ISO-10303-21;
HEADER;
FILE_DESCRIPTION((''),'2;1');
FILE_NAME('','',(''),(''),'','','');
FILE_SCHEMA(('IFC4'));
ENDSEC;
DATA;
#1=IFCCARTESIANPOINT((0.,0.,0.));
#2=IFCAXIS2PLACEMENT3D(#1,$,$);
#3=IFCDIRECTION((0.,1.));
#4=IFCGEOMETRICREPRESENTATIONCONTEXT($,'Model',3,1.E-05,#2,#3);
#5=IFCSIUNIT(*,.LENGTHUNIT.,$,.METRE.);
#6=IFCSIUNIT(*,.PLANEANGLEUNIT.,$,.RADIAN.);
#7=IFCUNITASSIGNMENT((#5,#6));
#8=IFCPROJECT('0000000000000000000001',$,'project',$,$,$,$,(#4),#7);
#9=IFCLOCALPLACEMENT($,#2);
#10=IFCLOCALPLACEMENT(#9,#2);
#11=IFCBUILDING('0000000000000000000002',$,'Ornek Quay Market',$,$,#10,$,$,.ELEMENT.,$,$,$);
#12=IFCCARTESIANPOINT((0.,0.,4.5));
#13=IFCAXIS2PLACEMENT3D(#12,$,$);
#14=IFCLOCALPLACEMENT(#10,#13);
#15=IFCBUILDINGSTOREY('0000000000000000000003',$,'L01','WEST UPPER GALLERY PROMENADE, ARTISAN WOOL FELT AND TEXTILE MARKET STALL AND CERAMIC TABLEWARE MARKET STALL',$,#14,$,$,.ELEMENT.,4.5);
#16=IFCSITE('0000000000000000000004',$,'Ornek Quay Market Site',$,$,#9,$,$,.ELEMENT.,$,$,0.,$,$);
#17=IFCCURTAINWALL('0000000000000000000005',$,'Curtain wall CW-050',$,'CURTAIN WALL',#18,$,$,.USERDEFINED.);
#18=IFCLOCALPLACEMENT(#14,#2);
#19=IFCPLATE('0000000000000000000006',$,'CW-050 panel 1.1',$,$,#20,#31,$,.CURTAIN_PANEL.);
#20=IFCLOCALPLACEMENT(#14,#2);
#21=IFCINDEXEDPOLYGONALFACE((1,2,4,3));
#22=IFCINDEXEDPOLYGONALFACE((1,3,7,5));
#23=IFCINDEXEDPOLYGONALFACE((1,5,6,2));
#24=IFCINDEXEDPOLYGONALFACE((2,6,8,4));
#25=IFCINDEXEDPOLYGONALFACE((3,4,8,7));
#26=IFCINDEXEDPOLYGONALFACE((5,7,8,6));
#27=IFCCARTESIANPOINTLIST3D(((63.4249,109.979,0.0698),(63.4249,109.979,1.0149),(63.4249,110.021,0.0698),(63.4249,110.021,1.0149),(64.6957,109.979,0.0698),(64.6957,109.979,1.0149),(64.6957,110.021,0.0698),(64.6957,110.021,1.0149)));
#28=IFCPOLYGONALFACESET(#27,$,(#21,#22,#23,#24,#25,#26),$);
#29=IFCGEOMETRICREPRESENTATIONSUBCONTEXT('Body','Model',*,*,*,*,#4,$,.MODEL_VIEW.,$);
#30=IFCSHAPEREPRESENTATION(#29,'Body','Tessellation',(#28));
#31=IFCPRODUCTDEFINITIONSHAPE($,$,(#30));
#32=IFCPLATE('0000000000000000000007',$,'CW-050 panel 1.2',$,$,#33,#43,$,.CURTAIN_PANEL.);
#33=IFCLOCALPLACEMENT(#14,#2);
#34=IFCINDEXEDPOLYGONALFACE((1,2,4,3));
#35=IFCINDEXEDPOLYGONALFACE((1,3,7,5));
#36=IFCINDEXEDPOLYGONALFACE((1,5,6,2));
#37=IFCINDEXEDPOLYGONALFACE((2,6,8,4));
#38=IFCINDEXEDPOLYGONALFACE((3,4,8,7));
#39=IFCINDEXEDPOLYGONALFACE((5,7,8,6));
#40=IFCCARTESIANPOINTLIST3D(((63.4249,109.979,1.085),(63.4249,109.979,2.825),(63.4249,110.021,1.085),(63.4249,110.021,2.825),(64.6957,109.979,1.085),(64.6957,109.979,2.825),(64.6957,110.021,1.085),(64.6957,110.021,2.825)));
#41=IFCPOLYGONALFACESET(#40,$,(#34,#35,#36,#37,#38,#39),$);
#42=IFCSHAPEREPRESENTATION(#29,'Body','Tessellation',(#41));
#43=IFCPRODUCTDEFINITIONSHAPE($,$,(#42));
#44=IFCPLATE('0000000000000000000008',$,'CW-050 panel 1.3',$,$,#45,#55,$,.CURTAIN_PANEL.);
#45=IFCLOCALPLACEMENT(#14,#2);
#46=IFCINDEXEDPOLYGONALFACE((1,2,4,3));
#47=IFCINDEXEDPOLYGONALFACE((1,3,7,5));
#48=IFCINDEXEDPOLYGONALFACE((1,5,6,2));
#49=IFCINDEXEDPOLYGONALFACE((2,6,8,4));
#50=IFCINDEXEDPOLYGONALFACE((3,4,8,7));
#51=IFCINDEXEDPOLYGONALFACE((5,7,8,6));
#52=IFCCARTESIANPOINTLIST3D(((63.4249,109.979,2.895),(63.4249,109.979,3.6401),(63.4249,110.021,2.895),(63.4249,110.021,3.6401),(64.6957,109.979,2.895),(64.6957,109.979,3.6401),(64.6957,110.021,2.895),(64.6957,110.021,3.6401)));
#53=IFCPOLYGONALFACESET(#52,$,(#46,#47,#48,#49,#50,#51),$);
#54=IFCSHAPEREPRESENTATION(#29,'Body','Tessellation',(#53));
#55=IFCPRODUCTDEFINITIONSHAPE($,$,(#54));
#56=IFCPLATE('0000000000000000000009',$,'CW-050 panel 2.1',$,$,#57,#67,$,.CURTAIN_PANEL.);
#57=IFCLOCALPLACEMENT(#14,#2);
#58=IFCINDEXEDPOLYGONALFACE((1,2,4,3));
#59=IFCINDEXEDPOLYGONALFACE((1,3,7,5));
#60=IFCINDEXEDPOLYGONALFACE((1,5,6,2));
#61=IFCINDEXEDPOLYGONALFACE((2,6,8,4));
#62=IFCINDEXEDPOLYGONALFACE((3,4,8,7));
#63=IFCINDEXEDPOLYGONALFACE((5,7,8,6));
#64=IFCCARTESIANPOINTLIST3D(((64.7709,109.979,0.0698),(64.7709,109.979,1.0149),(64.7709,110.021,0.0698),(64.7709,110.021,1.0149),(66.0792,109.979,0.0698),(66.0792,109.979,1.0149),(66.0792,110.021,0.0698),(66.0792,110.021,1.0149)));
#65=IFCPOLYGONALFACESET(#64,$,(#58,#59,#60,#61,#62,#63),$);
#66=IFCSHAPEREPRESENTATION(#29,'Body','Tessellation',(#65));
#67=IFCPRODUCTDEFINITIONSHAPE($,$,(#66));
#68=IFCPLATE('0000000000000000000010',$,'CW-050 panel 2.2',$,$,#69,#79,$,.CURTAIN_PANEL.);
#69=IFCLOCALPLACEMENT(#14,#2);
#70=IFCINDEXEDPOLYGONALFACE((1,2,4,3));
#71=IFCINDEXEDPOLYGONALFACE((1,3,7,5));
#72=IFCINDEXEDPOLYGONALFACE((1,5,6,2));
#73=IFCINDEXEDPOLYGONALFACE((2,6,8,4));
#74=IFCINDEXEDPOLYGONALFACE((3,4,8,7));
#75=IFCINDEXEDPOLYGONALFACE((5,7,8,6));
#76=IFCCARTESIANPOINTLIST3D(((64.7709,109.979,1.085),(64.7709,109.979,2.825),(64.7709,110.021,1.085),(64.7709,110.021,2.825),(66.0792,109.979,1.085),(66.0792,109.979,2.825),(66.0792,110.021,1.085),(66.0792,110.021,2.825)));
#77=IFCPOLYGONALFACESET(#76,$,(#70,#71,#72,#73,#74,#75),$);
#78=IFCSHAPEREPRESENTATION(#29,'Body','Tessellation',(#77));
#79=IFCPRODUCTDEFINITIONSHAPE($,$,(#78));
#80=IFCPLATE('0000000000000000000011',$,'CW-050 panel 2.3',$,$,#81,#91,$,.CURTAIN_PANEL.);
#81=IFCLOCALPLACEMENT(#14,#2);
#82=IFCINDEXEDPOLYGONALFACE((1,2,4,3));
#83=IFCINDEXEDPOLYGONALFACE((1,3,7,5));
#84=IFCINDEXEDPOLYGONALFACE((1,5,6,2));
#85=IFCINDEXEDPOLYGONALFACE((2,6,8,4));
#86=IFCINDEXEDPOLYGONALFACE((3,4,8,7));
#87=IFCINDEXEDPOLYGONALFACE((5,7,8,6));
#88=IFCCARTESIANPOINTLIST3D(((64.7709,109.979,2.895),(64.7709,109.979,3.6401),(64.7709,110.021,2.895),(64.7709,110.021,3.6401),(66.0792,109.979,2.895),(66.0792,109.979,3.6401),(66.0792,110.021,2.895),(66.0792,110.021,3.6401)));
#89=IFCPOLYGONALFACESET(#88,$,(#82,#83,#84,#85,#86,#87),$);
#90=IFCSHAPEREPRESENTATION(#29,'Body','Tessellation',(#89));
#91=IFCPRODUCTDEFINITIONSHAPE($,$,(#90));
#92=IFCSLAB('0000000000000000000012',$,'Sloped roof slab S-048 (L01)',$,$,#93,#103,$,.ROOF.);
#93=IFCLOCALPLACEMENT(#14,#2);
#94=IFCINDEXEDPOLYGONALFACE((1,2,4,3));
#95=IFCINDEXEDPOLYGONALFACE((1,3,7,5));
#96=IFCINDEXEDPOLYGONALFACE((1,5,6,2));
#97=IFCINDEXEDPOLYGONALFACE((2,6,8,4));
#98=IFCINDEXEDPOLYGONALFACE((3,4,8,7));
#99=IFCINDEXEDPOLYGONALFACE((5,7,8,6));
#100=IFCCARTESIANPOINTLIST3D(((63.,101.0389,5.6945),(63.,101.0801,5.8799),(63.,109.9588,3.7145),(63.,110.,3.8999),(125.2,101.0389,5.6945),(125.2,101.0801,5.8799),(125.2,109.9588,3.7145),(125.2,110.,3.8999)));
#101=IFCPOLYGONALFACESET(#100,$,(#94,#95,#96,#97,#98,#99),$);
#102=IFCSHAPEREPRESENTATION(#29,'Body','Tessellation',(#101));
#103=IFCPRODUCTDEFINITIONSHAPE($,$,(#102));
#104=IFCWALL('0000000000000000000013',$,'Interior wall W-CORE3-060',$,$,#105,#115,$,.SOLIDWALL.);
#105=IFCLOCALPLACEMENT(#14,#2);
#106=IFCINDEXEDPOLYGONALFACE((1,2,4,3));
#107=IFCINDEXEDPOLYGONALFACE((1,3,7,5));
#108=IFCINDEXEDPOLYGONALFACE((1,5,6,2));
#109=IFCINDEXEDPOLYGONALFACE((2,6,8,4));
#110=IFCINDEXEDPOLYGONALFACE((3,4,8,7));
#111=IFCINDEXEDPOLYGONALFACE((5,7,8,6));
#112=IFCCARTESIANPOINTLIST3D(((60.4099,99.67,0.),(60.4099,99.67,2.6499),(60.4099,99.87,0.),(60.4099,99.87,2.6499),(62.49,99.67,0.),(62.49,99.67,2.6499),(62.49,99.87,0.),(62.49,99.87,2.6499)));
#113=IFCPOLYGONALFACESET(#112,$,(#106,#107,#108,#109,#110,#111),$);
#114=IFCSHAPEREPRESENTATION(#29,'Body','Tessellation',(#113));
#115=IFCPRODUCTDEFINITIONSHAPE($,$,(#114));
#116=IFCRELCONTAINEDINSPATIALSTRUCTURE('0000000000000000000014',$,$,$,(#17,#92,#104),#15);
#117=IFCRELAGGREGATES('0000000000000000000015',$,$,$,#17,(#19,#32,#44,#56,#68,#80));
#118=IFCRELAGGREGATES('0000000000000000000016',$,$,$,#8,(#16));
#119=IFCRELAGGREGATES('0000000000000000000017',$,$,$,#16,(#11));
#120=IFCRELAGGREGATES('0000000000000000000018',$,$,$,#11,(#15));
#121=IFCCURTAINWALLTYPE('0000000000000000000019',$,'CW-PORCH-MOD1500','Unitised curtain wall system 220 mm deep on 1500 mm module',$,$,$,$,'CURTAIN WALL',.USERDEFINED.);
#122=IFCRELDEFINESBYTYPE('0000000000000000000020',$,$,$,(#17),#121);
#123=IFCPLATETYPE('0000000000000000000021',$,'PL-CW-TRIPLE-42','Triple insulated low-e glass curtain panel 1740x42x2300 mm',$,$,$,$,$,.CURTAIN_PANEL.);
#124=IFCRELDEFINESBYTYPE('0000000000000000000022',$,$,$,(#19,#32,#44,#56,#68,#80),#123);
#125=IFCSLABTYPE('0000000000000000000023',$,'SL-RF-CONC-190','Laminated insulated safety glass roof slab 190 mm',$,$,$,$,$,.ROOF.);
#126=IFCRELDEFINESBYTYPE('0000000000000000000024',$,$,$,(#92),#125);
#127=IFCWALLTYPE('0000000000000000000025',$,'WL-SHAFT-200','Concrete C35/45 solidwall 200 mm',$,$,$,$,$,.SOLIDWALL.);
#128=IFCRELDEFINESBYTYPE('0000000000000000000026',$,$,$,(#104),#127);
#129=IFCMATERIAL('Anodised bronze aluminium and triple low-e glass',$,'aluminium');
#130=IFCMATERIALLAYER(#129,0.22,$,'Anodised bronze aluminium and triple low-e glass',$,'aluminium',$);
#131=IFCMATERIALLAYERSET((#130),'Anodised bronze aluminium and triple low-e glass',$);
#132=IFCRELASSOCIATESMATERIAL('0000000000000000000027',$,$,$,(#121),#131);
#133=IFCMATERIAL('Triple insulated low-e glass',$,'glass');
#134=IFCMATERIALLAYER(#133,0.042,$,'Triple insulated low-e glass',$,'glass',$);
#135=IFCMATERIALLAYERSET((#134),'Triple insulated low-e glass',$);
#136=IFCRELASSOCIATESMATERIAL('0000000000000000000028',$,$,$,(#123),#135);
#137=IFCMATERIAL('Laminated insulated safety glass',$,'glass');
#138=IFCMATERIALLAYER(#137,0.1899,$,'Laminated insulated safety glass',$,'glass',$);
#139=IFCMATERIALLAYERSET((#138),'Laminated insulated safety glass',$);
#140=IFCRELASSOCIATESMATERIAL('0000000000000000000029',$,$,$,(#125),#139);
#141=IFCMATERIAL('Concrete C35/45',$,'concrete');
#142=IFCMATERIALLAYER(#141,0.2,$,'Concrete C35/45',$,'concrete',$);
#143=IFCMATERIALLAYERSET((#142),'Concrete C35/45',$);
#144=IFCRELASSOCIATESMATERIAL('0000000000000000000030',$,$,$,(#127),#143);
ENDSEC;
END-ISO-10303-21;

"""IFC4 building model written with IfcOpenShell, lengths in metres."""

from ifc_helpers import new_model, si_unit, direction, frame, frame_2d, origin, origin_2d, place, context, subcontext, project, spatial, polyline, rectangle, outline, extrude, material, layer, layer_set, type_object, element, aggregate, save


model = new_model("IFC4")

# Units and contexts
model_context = context("Model", 3, precision=1e-05, world=origin(), true_north=direction((0.0, 1.0)))
body_context = subcontext(model_context, "Body", "Model", "MODEL_VIEW")
ifc_project = project(units=[si_unit("LENGTHUNIT", "METRE"), si_unit("PLANEANGLEUNIT", "RADIAN")], contexts=[model_context])

# Site, building, storey
site_placement = place(None, origin())
site = spatial("IfcSite", under=ifc_project, at=site_placement, Name="Ornek Quay Market Site", CompositionType="ELEMENT", RefElevation=0.0)
building_placement = place(site_placement, origin())
building = spatial("IfcBuilding", under=site, at=building_placement, Name="Ornek Quay Market", CompositionType="ELEMENT")
storey_placement = place(building_placement, frame((0.0, 0.0, 4.5)))
storey = spatial("IfcBuildingStorey", under=building, at=storey_placement, Name="L01", Description="WEST UPPER GALLERY PROMENADE, ARTISAN WOOL FELT AND TEXTILE MARKET STALL AND CERAMIC TABLEWARE MARKET STALL", CompositionType="ELEMENT", Elevation=4.5)

# Shared definitions
ifc_material_1 = material(Name="Concrete C35/45", Category="concrete")

# Curtain wall
ifc_material_2 = material(Name="Anodised bronze aluminium and triple low-e glass", Category="aluminium")
ifc_layer_1 = layer(ifc_material_2, 0.22, Name="Anodised bronze aluminium and triple low-e glass", Category="aluminium")
ifc_layer_set_1 = layer_set([ifc_layer_1], Name="Anodised bronze aluminium and triple low-e glass")
curtain_wall_type = type_object("IfcCurtainWallType", Name="CW-PORCH-MOD1500", Description="Unitised curtain wall system 220 mm deep on 1500 mm module", ElementType="CURTAIN WALL", PredefinedType="USERDEFINED", material=ifc_layer_set_1)
curtain_wall_1_placement = place(storey_placement, origin())
curtain_wall_1 = element("IfcCurtainWall", 1, at=curtain_wall_1_placement, inside=storey, type_object=curtain_wall_type, Name="Curtain wall CW-050", ObjectType="CURTAIN WALL", PredefinedType="USERDEFINED")

# Plates
ifc_material_3 = material(Name="Triple insulated low-e glass", Category="glass")
ifc_layer_2 = layer(ifc_material_3, 0.042, Name="Triple insulated low-e glass", Category="glass")
ifc_layer_set_2 = layer_set([ifc_layer_2], Name="Triple insulated low-e glass")
plate_type = type_object("IfcPlateType", Name="PL-CW-TRIPLE-42", Description="Triple insulated low-e glass curtain panel 1740x42x2300 mm", PredefinedType="CURTAIN_PANEL", material=ifc_layer_set_2)
plate_1_placement = place(storey_placement, frame((64.0603, 110.0, 0.0698), z_axis=(0.0, 0.0, 1.0), x_axis=(1.0, 0.0, 0.0)))
plate_1 = element("IfcPlate", 2, at=plate_1_placement, type_object=plate_type, Name="CW-050 panel 1.1", PredefinedType="CURTAIN_PANEL", context=body_context, shape_type="SweptSolid", body=[
    extrude(rectangle(XDim=1.2708, YDim=0.042, at=origin_2d()), origin(), (0.0, 0.0, 1.0), 0.9451),
])
plate_2_placement = place(storey_placement, frame((64.0603, 110.0, 1.085), z_axis=(0.0, 0.0, 1.0), x_axis=(1.0, 0.0, 0.0)))
plate_2 = element("IfcPlate", 3, at=plate_2_placement, type_object=plate_type, Name="CW-050 panel 1.2", PredefinedType="CURTAIN_PANEL", context=body_context, shape_type="SweptSolid", body=[
    extrude(rectangle(XDim=1.2708, YDim=0.042, at=origin_2d()), origin(), (0.0, 0.0, 1.0), 1.74),
])
plate_3_placement = place(storey_placement, frame((64.0603, 110.0, 2.895), z_axis=(0.0, 0.0, 1.0), x_axis=(1.0, 0.0, 0.0)))
plate_3 = element("IfcPlate", 4, at=plate_3_placement, type_object=plate_type, Name="CW-050 panel 1.3", PredefinedType="CURTAIN_PANEL", context=body_context, shape_type="SweptSolid", body=[
    extrude(rectangle(XDim=1.2708, YDim=0.042, at=origin_2d()), origin(), (0.0, 0.0, 1.0), 0.7451),
])
plate_4_placement = place(storey_placement, frame((65.425, 110.0, 0.0698), z_axis=(0.0, 0.0, 1.0), x_axis=(1.0, 0.0, 0.0)))
plate_4 = element("IfcPlate", 5, at=plate_4_placement, type_object=plate_type, Name="CW-050 panel 2.1", PredefinedType="CURTAIN_PANEL", context=body_context, shape_type="SweptSolid", body=[
    extrude(rectangle(XDim=1.3083, YDim=0.042, at=origin_2d()), origin(), (0.0, 0.0, 1.0), 0.9451),
])
plate_5_placement = place(storey_placement, frame((65.425, 110.0, 1.085), z_axis=(0.0, 0.0, 1.0), x_axis=(1.0, 0.0, 0.0)))
plate_5 = element("IfcPlate", 6, at=plate_5_placement, type_object=plate_type, Name="CW-050 panel 2.2", PredefinedType="CURTAIN_PANEL", context=body_context, shape_type="SweptSolid", body=[
    extrude(rectangle(XDim=1.3083, YDim=0.042, at=origin_2d()), origin(), (0.0, 0.0, 1.0), 1.74),
])
plate_6_placement = place(storey_placement, frame((65.425, 110.0, 2.895), z_axis=(0.0, 0.0, 1.0), x_axis=(1.0, 0.0, 0.0)))
plate_6 = element("IfcPlate", 7, at=plate_6_placement, type_object=plate_type, Name="CW-050 panel 2.3", PredefinedType="CURTAIN_PANEL", context=body_context, shape_type="SweptSolid", body=[
    extrude(rectangle(XDim=1.3083, YDim=0.042, at=origin_2d()), origin(), (0.0, 0.0, 1.0), 0.7451),
])
aggregate(curtain_wall_1, [plate_1, plate_2, plate_3, plate_4, plate_5, plate_6])

# Slab
ifc_material_4 = material(Name="Laminated insulated safety glass", Category="glass")
ifc_layer_3 = layer(ifc_material_4, 0.1899, Name="Laminated insulated safety glass", Category="glass")
ifc_layer_set_3 = layer_set([ifc_layer_3], Name="Laminated insulated safety glass")
slab_type = type_object("IfcSlabType", Name="SL-RF-CONC-190", Description="Laminated insulated safety glass roof slab 190 mm", PredefinedType="ROOF", material=ifc_layer_set_3)
slab_placement = place(storey_placement, frame((63.0, 101.0801, 5.8799), z_axis=(0.0, 0.216698, 0.976239), x_axis=(1.0, 0.0, 0.0)))
element("IfcSlab", 8, at=slab_placement, inside=storey, type_object=slab_type, Name="Sloped roof slab S-048 (L01)", PredefinedType="ROOF", context=body_context, shape_type="SweptSolid", body=[
    extrude(outline(polyline([(0.0, 0.0), (62.2, 0.0), (62.2, 9.137), (0.0, 9.137), (0.0, 0.0)])), origin(), (0.0, 0.0, -1.0), 0.1899),
])

# Wall
ifc_layer_4 = layer(ifc_material_1, 0.2, Name="Concrete C35/45", Category="concrete")
ifc_layer_set_4 = layer_set([ifc_layer_4], Name="Concrete C35/45")
wall_type = type_object("IfcWallType", Name="WL-SHAFT-200", Description="Concrete C35/45 solidwall 200 mm", PredefinedType="SOLIDWALL", material=ifc_layer_set_4)
wall_placement = place(storey_placement, frame((60.4099, 99.77, 0.0), z_axis=(0.0, 0.0, 1.0), x_axis=(1.0, 0.0, 0.0)))
element("IfcWall", 9, at=wall_placement, inside=storey, type_object=wall_type, Name="Interior wall W-CORE3-060", PredefinedType="SOLIDWALL", context=body_context, shape_type="SweptSolid", body=[
    extrude(rectangle(XDim=2.0801, YDim=0.2, at=frame_2d((1.04, 0.0))), origin(), (0.0, 0.0, 1.0), 2.6499),
])

save(model, "model.ifc")
